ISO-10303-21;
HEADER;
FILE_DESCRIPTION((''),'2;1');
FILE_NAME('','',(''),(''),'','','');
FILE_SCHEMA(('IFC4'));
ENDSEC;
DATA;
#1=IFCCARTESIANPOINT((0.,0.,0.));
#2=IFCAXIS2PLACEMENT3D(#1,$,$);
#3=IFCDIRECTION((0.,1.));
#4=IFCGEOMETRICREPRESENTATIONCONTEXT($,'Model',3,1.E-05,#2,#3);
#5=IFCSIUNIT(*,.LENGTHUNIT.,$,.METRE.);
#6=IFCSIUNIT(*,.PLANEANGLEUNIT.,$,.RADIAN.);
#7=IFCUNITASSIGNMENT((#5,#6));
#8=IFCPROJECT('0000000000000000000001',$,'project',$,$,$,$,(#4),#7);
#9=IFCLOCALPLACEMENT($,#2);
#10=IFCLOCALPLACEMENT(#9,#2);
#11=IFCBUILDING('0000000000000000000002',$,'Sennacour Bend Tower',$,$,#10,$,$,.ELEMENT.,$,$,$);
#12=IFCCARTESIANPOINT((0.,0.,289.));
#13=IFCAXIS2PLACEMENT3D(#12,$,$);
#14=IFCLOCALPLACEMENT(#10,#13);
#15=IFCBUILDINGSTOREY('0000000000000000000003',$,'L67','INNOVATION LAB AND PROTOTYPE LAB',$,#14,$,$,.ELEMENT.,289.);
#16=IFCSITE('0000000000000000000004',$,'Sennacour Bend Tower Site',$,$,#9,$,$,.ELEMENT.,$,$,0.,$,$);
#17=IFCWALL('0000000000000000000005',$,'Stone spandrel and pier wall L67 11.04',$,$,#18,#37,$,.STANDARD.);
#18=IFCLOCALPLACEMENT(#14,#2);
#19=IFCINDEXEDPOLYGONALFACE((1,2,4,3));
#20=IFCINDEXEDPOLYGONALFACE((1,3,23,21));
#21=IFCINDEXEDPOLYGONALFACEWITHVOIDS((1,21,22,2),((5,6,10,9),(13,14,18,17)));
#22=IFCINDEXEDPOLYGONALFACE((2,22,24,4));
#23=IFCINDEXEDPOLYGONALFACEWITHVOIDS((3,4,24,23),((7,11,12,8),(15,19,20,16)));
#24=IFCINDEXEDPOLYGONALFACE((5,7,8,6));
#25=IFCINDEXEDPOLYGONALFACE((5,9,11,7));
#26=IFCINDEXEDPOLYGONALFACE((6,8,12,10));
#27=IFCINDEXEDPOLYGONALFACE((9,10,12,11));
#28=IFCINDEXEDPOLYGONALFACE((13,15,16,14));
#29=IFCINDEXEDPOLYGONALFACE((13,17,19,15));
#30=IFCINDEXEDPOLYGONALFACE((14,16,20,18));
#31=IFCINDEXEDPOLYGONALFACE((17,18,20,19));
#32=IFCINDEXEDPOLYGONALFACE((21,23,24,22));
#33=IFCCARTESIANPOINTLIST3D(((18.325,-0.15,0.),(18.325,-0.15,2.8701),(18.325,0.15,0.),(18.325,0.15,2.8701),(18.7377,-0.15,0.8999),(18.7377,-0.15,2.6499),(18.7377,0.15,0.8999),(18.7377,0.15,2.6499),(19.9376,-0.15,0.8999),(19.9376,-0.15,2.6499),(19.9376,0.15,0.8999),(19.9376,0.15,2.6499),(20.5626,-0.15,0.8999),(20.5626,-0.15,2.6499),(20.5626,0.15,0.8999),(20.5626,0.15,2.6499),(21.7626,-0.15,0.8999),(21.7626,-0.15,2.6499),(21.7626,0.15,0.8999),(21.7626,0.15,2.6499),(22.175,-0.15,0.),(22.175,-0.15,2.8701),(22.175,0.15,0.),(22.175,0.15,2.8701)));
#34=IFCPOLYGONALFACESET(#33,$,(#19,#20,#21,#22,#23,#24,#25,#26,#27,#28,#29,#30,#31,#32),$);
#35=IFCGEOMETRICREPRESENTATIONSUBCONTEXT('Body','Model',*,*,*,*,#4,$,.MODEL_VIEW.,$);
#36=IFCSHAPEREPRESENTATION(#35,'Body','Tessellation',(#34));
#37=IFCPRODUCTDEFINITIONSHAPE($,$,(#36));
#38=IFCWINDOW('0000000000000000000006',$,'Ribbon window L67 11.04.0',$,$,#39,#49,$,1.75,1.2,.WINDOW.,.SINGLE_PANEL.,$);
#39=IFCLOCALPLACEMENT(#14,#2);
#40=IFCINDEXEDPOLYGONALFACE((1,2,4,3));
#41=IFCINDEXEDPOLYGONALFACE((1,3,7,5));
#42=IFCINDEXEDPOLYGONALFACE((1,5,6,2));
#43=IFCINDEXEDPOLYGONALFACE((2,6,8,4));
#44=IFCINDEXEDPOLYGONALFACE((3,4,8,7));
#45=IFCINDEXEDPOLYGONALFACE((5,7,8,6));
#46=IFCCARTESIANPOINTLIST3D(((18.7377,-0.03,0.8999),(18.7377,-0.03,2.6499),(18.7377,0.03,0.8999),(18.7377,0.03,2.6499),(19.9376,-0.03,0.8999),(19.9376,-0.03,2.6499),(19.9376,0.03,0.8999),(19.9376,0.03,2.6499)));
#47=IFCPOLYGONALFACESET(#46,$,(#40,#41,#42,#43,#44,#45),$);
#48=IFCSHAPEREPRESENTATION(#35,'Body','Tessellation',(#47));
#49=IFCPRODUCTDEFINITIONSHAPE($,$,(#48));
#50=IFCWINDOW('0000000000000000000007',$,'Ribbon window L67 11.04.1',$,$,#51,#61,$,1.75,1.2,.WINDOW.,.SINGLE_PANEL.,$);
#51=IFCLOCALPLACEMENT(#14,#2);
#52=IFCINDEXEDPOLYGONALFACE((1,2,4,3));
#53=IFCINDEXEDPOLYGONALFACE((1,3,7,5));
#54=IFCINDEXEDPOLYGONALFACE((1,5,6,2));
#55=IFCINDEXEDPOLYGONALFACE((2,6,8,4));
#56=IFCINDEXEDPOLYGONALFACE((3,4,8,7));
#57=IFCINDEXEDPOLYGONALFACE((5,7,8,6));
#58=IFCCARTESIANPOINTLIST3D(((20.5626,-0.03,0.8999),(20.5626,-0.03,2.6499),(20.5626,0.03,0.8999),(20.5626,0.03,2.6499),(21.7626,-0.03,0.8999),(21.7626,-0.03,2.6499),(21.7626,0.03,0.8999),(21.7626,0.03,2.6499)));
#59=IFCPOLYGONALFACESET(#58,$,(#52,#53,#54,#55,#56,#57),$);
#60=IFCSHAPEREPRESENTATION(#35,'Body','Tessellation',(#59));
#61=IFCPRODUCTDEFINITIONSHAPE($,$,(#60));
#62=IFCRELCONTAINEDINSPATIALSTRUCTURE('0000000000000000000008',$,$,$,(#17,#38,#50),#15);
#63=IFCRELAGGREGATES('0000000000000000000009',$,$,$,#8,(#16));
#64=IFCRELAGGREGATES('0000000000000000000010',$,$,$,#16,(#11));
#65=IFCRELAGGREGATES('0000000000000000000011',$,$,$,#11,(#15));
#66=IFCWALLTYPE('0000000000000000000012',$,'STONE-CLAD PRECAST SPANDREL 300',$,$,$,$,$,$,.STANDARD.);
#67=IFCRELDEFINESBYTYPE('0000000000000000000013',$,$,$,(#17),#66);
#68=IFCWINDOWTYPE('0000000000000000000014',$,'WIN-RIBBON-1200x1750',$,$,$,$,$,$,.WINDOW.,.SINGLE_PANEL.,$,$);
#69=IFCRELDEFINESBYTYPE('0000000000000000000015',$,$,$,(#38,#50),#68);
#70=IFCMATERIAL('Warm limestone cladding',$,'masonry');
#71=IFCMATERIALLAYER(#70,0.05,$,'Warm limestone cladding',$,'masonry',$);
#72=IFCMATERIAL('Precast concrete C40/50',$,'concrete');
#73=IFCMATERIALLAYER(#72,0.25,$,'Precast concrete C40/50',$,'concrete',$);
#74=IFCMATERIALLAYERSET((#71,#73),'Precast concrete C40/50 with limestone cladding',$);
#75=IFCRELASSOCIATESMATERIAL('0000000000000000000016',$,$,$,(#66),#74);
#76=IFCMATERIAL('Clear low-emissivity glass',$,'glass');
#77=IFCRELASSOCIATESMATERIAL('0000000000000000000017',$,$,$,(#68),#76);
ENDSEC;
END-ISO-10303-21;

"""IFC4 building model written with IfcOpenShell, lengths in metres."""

from ifc_helpers import new_model, si_unit, direction, frame, frame_2d, origin, place, context, subcontext, project, spatial, rectangle, extrude, material, layer, layer_set, type_object, element, fill, save


model = new_model("IFC4")

# Units and contexts
model_context = context("Model", 3, precision=1e-05, world=origin(), true_north=direction((0.0, 1.0)))
body_context = subcontext(model_context, "Body", "Model", "MODEL_VIEW")
ifc_project = project(units=[si_unit("LENGTHUNIT", "METRE"), si_unit("PLANEANGLEUNIT", "RADIAN")], contexts=[model_context])

# Site, building, storey
site_placement = place(None, origin())
site = spatial("IfcSite", under=ifc_project, at=site_placement, Name="Sennacour Bend Tower Site", CompositionType="ELEMENT", RefElevation=0.0)
building_placement = place(site_placement, origin())
building = spatial("IfcBuilding", under=site, at=building_placement, Name="Sennacour Bend Tower", CompositionType="ELEMENT")
storey_placement = place(building_placement, frame((0.0, 0.0, 289.0)))
storey = spatial("IfcBuildingStorey", under=building, at=storey_placement, Name="L67", Description="INNOVATION LAB AND PROTOTYPE LAB", CompositionType="ELEMENT", Elevation=289.0)

# Wall, openings, windows
ifc_material_1 = material(Name="Warm limestone cladding", Category="masonry")
ifc_layer_1 = layer(ifc_material_1, 0.05, Name="Warm limestone cladding", Category="masonry")
ifc_material_2 = material(Name="Precast concrete C40/50", Category="concrete")
ifc_layer_2 = layer(ifc_material_2, 0.25, Name="Precast concrete C40/50", Category="concrete")
ifc_layer_set_1 = layer_set([ifc_layer_1, ifc_layer_2], Name="Precast concrete C40/50 with limestone cladding")
wall_type_1 = type_object("IfcWallType", Name="STONE-CLAD PRECAST SPANDREL 300", PredefinedType="STANDARD", material=ifc_layer_set_1)
ifc_material_3 = material(Name="Clear low-emissivity glass", Category="glass")
window_type = type_object("IfcWindowType", Name="WIN-RIBBON-1200x1750", PartitioningType="SINGLE_PANEL", PredefinedType="WINDOW", material=ifc_material_3)
wall_1_placement = place(storey_placement, frame((18.325, 0.0, 0.0), z_axis=(0.0, 0.0, 1.0), x_axis=(1.0, 0.0, 0.0)))
wall_1 = element("IfcWall", 1, at=wall_1_placement, inside=storey, type_object=wall_type_1, Name="Stone spandrel and pier wall L67 11.04", PredefinedType="STANDARD", context=body_context, shape_type="SweptSolid", body=[
    extrude(rectangle(XDim=3.8501, YDim=0.3, at=frame_2d((1.925, 0.0))), origin(), (0.0, 0.0, 1.0), 2.8701),
])
opening_1_placement = place(wall_1_placement, frame((0.4126, 0.0, 0.8999)))
opening_1 = element("IfcOpeningElement", 2, at=opening_1_placement, cuts=wall_1, PredefinedType="OPENING", context=body_context, shape_type="SweptSolid", body=[
    extrude(rectangle(XDim=1.2, YDim=1.75, at=frame_2d((0.6001, 0.875))), frame((0.0, 0.1602, 0.0), z_axis=(0.0, -1.0, 0.0), x_axis=(1.0, 0.0, 0.0)), (0.0, 0.0, 1.0), 0.3201),
])
opening_2_placement = place(wall_1_placement, frame((2.2375, 0.0, 0.8999)))
opening_2 = element("IfcOpeningElement", 3, at=opening_2_placement, cuts=wall_1, PredefinedType="OPENING", context=body_context, shape_type="SweptSolid", body=[
    extrude(rectangle(XDim=1.2, YDim=1.75, at=frame_2d((0.6001, 0.875))), frame((0.0, 0.1602, 0.0), z_axis=(0.0, -1.0, 0.0), x_axis=(1.0, 0.0, 0.0)), (0.0, 0.0, 1.0), 0.3201),
])
window_1_placement = place(opening_1_placement, origin())
window_1 = element("IfcWindow", 4, at=window_1_placement, inside=storey, type_object=window_type, Name="Ribbon window L67 11.04.0", OverallHeight=1.75, OverallWidth=1.2, PartitioningType="SINGLE_PANEL", PredefinedType="WINDOW", context=body_context, shape_type="SweptSolid", body=[
    extrude(rectangle(XDim=1.2, YDim=1.75, at=frame_2d((0.6001, 0.875))), frame((0.0, 0.03, 0.0), z_axis=(0.0, -1.0, 0.0), x_axis=(1.0, 0.0, 0.0)), (0.0, 0.0, 1.0), 0.0601),
])
fill(opening_1, window_1)
window_2_placement = place(opening_2_placement, origin())
window_2 = element("IfcWindow", 5, at=window_2_placement, inside=storey, type_object=window_type, Name="Ribbon window L67 11.04.1", OverallHeight=1.75, OverallWidth=1.2, PartitioningType="SINGLE_PANEL", PredefinedType="WINDOW", context=body_context, shape_type="SweptSolid", body=[
    extrude(rectangle(XDim=1.2, YDim=1.75, at=frame_2d((0.6001, 0.875))), frame((0.0, 0.03, 0.0), z_axis=(0.0, -1.0, 0.0), x_axis=(1.0, 0.0, 0.0)), (0.0, 0.0, 1.0), 0.0601),
])
fill(opening_2, window_2)

save(model, "model.ifc")
